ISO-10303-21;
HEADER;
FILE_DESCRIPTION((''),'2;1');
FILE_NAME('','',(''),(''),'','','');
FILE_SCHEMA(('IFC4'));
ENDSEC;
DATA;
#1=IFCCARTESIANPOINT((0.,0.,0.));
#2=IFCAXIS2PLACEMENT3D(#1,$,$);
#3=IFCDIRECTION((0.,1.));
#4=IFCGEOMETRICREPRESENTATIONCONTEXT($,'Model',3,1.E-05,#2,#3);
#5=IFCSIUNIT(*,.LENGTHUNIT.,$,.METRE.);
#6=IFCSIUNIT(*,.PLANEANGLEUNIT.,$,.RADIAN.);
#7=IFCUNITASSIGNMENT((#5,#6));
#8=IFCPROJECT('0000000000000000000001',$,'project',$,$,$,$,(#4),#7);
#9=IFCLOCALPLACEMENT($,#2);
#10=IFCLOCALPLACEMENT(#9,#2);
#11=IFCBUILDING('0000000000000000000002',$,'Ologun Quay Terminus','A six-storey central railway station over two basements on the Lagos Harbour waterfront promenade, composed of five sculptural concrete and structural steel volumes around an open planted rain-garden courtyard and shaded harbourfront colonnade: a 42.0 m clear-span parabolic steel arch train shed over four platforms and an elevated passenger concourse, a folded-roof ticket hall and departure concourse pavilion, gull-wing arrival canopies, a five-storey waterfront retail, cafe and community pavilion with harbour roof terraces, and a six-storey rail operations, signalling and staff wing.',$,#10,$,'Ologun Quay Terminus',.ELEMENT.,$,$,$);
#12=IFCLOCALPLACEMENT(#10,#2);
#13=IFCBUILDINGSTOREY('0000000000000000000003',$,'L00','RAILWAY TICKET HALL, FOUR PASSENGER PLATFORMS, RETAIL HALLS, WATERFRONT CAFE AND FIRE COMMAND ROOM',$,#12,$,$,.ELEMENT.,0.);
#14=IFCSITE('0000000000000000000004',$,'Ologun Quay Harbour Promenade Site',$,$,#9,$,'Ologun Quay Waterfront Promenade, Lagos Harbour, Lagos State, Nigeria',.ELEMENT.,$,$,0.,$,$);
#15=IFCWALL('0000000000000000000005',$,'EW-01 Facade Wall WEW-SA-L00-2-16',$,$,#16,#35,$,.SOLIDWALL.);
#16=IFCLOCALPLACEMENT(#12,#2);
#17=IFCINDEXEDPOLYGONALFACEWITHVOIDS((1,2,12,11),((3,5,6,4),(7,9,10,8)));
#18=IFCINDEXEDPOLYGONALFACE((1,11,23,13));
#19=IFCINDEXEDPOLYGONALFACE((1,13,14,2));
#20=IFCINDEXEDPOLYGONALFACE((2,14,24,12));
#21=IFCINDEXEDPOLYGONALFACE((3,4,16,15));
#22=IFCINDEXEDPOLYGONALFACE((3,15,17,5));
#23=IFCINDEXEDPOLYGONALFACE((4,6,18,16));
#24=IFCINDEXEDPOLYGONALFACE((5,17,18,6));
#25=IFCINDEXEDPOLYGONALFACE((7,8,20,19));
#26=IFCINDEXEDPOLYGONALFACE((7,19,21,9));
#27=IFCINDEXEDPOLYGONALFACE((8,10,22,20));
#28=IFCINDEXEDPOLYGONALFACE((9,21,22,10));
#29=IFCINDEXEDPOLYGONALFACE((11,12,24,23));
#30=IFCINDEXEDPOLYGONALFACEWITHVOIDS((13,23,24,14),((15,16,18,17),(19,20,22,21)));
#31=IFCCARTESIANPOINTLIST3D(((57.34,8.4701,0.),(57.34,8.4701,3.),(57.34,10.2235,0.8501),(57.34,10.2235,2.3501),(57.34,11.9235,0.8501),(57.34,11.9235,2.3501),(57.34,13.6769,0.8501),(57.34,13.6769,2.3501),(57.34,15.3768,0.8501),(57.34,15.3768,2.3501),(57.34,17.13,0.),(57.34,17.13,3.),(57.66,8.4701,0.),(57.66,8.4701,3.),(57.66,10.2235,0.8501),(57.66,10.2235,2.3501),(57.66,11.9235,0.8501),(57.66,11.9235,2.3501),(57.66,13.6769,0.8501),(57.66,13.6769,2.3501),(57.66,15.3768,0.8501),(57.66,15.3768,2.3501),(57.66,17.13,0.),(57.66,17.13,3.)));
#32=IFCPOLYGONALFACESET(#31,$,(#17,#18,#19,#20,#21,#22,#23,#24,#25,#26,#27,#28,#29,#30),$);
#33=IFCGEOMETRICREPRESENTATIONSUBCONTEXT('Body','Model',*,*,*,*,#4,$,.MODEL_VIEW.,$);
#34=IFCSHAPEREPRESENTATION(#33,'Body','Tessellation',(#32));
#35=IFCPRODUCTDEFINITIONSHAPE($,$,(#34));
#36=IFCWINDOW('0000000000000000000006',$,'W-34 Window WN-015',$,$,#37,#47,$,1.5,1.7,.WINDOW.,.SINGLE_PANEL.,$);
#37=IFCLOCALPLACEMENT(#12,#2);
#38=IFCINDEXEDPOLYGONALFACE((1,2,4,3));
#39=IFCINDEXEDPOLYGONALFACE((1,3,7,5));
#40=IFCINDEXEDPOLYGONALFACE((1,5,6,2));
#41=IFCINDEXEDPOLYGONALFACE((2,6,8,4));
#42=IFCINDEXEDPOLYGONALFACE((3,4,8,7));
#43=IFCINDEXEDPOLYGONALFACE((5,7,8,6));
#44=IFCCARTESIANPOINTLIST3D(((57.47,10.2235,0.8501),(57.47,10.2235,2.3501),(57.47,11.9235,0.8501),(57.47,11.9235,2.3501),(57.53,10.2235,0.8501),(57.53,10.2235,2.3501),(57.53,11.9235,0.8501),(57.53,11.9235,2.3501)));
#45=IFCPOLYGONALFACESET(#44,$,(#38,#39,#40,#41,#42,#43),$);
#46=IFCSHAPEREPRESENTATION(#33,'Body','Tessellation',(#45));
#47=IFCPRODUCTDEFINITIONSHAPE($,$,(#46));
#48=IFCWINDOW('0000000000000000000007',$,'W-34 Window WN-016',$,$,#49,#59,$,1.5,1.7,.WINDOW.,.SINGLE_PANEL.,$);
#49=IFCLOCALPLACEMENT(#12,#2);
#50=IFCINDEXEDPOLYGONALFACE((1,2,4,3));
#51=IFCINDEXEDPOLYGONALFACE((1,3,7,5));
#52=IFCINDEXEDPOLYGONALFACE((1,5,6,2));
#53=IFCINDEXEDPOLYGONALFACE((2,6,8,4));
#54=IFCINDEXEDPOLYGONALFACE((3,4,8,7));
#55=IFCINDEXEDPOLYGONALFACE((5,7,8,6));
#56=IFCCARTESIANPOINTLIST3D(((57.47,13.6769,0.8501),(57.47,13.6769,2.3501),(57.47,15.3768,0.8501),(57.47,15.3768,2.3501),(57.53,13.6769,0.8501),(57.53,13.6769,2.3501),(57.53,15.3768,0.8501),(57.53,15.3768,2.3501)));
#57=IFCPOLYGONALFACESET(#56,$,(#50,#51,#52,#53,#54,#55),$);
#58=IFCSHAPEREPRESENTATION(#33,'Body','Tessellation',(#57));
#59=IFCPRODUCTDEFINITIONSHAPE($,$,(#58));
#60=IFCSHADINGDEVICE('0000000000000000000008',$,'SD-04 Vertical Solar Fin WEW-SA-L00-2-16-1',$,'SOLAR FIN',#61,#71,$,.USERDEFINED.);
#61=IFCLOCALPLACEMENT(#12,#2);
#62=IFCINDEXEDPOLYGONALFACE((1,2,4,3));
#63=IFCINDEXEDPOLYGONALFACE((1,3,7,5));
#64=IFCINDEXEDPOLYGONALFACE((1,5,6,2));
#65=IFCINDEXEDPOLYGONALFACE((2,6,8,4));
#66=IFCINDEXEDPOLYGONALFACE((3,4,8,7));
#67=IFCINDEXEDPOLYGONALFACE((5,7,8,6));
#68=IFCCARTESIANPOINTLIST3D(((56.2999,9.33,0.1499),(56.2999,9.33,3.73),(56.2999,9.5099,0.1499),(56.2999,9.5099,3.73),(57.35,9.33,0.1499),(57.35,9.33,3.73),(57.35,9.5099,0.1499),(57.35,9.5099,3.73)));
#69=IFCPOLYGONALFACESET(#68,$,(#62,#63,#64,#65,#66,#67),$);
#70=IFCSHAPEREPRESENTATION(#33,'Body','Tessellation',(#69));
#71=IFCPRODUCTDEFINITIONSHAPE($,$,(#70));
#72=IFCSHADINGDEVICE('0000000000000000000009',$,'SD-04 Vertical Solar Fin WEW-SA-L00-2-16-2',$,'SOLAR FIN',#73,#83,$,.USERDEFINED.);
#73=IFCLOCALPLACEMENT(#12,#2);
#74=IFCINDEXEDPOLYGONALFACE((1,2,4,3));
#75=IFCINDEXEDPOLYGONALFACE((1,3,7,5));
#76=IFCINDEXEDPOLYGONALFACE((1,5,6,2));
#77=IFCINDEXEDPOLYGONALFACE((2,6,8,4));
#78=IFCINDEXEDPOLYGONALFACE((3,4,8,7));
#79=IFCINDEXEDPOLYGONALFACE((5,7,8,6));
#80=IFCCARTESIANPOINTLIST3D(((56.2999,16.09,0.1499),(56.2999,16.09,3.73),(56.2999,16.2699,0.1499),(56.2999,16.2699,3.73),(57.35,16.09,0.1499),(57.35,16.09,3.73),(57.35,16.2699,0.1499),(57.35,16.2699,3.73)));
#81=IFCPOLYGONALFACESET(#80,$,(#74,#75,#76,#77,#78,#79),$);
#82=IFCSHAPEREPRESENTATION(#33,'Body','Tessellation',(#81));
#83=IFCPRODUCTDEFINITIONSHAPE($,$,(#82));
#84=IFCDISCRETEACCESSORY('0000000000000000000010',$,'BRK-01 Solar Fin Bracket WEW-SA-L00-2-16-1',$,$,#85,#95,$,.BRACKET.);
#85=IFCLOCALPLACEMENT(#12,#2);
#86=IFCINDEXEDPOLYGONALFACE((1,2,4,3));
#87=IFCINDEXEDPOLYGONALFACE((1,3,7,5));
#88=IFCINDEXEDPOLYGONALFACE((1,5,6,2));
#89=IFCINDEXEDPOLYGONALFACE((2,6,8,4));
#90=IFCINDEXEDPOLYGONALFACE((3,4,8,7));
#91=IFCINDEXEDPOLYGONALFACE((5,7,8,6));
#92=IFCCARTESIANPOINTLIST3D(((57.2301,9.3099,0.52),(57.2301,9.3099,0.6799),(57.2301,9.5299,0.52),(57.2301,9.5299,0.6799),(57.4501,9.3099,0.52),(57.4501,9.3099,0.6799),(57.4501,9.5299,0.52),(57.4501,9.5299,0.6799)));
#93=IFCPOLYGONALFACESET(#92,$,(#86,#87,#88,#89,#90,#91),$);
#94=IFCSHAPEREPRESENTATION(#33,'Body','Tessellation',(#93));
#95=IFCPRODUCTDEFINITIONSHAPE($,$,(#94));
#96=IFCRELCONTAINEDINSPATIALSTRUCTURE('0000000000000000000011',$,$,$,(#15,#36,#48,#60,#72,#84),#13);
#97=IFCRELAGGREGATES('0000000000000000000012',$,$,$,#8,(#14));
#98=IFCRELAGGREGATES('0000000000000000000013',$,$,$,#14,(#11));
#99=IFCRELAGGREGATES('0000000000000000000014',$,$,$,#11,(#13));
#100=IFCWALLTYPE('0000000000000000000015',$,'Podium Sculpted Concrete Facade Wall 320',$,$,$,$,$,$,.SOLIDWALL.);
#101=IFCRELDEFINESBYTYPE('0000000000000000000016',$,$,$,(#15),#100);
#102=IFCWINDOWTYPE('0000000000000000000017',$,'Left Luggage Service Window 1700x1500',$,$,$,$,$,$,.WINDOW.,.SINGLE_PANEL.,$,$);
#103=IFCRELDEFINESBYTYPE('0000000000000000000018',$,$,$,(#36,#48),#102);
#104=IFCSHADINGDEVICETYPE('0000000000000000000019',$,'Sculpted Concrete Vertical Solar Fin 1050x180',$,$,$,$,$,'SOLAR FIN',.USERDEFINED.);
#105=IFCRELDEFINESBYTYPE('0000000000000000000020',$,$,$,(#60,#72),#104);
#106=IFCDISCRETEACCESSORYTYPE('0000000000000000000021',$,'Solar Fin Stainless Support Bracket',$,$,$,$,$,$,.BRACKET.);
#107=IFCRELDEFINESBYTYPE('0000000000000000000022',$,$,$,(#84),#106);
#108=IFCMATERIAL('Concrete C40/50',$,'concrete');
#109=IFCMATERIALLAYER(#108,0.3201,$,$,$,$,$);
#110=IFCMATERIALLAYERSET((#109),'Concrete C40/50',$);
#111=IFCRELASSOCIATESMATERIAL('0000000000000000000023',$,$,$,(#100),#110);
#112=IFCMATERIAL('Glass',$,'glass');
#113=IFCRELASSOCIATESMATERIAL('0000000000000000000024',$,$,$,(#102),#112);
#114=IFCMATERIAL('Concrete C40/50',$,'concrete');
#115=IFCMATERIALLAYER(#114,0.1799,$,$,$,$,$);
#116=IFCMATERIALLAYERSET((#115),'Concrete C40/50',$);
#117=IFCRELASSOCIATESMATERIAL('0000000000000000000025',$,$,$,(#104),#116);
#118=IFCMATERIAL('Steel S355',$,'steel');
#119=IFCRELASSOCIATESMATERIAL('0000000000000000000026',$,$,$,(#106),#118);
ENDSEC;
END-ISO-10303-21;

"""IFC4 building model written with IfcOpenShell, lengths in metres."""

from ifc_helpers import new_model, si_unit, direction, frame, frame_2d, origin, origin_2d, place, context, subcontext, project, spatial, rectangle, extrude, material, layer, layer_set, type_object, element, fill, save


model = new_model("IFC4")

# Units and contexts
model_context = context("Model", 3, precision=1e-05, world=origin(), true_north=direction((0.0, 1.0)))
body_context = subcontext(model_context, "Body", "Model", "MODEL_VIEW")
ifc_project = project(units=[si_unit("LENGTHUNIT", "METRE"), si_unit("PLANEANGLEUNIT", "RADIAN")], contexts=[model_context])

# Site, building, storey
site_placement = place(None, origin())
site = spatial("IfcSite", under=ifc_project, at=site_placement, Name="Ologun Quay Harbour Promenade Site", LongName="Ologun Quay Waterfront Promenade, Lagos Harbour, Lagos State, Nigeria", CompositionType="ELEMENT", RefElevation=0.0)
building_placement = place(site_placement, origin())
building = spatial("IfcBuilding", under=site, at=building_placement, Name="Ologun Quay Terminus", Description="A six-storey central railway station over two basements on the Lagos Harbour waterfront promenade, composed of five sculptural concrete and structural steel volumes around an open planted rain-garden courtyard and shaded harbourfront colonnade: a 42.0 m clear-span parabolic steel arch train shed over four platforms and an elevated passenger concourse, a folded-roof ticket hall and departure concourse pavilion, gull-wing arrival canopies, a five-storey waterfront retail, cafe and community pavilion with harbour roof terraces, and a six-storey rail operations, signalling and staff wing.", LongName="Ologun Quay Terminus", CompositionType="ELEMENT")
storey_placement = place(building_placement, origin())
storey = spatial("IfcBuildingStorey", under=building, at=storey_placement, Name="L00", Description="RAILWAY TICKET HALL, FOUR PASSENGER PLATFORMS, RETAIL HALLS, WATERFRONT CAFE AND FIRE COMMAND ROOM", CompositionType="ELEMENT", Elevation=0.0)

# Shared definitions
ifc_material_1 = material(Name="Concrete C40/50", Category="concrete")
ifc_layer_1 = layer(ifc_material_1, 0.3201)
ifc_layer_set_1 = layer_set([ifc_layer_1], Name="Concrete C40/50")
wall_type = type_object("IfcWallType", Name="Podium Sculpted Concrete Facade Wall 320", PredefinedType="SOLIDWALL", material=ifc_layer_set_1)

# Wall, openings, windows
wall_1_placement = place(storey_placement, frame((57.5, 8.47, 0.0), z_axis=(0.0, 0.0, 1.0), x_axis=(0.0, 1.0, 0.0)))
wall_1 = element("IfcWall", 1, at=wall_1_placement, inside=storey, type_object=wall_type, Name="EW-01 Facade Wall WEW-SA-L00-2-16", PredefinedType="SOLIDWALL", context=body_context, shape_type="SweptSolid", body=[
    extrude(rectangle(XDim=8.6599, YDim=0.3201, at=frame_2d((4.3301, 0.0))), origin(), (0.0, 0.0, 1.0), 3.0),
])
opening_1_placement = place(wall_1_placement, frame((1.7534, 0.0, 0.8501)))
opening_1 = element("IfcOpeningElement", 2, at=opening_1_placement, cuts=wall_1, PredefinedType="OPENING", context=body_context, shape_type="SweptSolid", body=[
    extrude(rectangle(XDim=1.7, YDim=1.5, at=frame_2d((0.8501, 0.75))), frame((0.0, 0.1699, 0.0), z_axis=(0.0, -1.0, 0.0), x_axis=(1.0, 0.0, 0.0)), (0.0, 0.0, 1.0), 0.3401),
])
opening_2_placement = place(wall_1_placement, frame((5.2068, 0.0, 0.8501)))
opening_2 = element("IfcOpeningElement", 3, at=opening_2_placement, cuts=wall_1, PredefinedType="OPENING", context=body_context, shape_type="SweptSolid", body=[
    extrude(rectangle(XDim=1.7, YDim=1.5, at=frame_2d((0.8501, 0.75))), frame((0.0, 0.1699, 0.0), z_axis=(0.0, -1.0, 0.0), x_axis=(1.0, 0.0, 0.0)), (0.0, 0.0, 1.0), 0.3401),
])
ifc_material_2 = material(Name="Glass", Category="glass")
window_type = type_object("IfcWindowType", Name="Left Luggage Service Window 1700x1500", PartitioningType="SINGLE_PANEL", PredefinedType="WINDOW", material=ifc_material_2)
window_1_placement = place(opening_1_placement, origin())
window_1 = element("IfcWindow", 4, at=window_1_placement, inside=storey, type_object=window_type, Name="W-34 Window WN-015", OverallHeight=1.5, OverallWidth=1.7, PartitioningType="SINGLE_PANEL", PredefinedType="WINDOW", context=body_context, shape_type="SweptSolid", body=[
    extrude(rectangle(XDim=1.7, YDim=1.5, at=frame_2d((0.8501, 0.75))), frame((0.0, 0.03, 0.0), z_axis=(0.0, -1.0, 0.0), x_axis=(1.0, 0.0, 0.0)), (0.0, 0.0, 1.0), 0.0601),
])
fill(opening_1, window_1)
window_2_placement = place(opening_2_placement, origin())
window_2 = element("IfcWindow", 5, at=window_2_placement, inside=storey, type_object=window_type, Name="W-34 Window WN-016", OverallHeight=1.5, OverallWidth=1.7, PartitioningType="SINGLE_PANEL", PredefinedType="WINDOW", context=body_context, shape_type="SweptSolid", body=[
    extrude(rectangle(XDim=1.7, YDim=1.5, at=frame_2d((0.8501, 0.75))), frame((0.0, 0.03, 0.0), z_axis=(0.0, -1.0, 0.0), x_axis=(1.0, 0.0, 0.0)), (0.0, 0.0, 1.0), 0.0601),
])
fill(opening_2, window_2)

# Shading devices
ifc_material_3 = material(Name="Concrete C40/50", Category="concrete")
ifc_layer_2 = layer(ifc_material_3, 0.1799)
ifc_layer_set_2 = layer_set([ifc_layer_2], Name="Concrete C40/50")
shading_device_type = type_object("IfcShadingDeviceType", Name="Sculpted Concrete Vertical Solar Fin 1050x180", ElementType="SOLAR FIN", PredefinedType="USERDEFINED", material=ifc_layer_set_2)
for number, where, z_axis, x_axis, name in (
    (6, (56.825, 9.4199, 0.1499), (0.0, 0.0, 1.0), (1.0, 0.0, 0.0), "SD-04 Vertical Solar Fin WEW-SA-L00-2-16-1"),
    (7, (56.825, 16.1799, 0.1499), (0.0, 0.0, 1.0), (1.0, 0.0, 0.0), "SD-04 Vertical Solar Fin WEW-SA-L00-2-16-2"),
):
    element("IfcShadingDevice", number, at=place(storey_placement, frame(where, z_axis=z_axis, x_axis=x_axis)), inside=storey, type_object=shading_device_type, Name=name, ObjectType="SOLAR FIN", PredefinedType="USERDEFINED", context=body_context, shape_type="SweptSolid", body=[
        extrude(rectangle(XDim=1.05, YDim=0.1799, at=origin_2d()), origin(), (0.0, 0.0, 1.0), 3.5801),
    ])

# Discrete accessory
ifc_material_4 = material(Name="Steel S355", Category="steel")
discrete_accessory_type = type_object("IfcDiscreteAccessoryType", Name="Solar Fin Stainless Support Bracket", PredefinedType="BRACKET", material=ifc_material_4)
discrete_accessory_placement = place(storey_placement, frame((57.3401, 9.4199, 0.52), z_axis=(0.0, 0.0, 1.0), x_axis=(1.0, 0.0, 0.0)))
element("IfcDiscreteAccessory", 8, at=discrete_accessory_placement, inside=storey, type_object=discrete_accessory_type, Name="BRK-01 Solar Fin Bracket WEW-SA-L00-2-16-1", PredefinedType="BRACKET", context=body_context, shape_type="SweptSolid", body=[
    extrude(rectangle(XDim=0.22, YDim=0.22, at=origin_2d()), origin(), (0.0, 0.0, 1.0), 0.1599),
])

save(model, "model.ifc")
